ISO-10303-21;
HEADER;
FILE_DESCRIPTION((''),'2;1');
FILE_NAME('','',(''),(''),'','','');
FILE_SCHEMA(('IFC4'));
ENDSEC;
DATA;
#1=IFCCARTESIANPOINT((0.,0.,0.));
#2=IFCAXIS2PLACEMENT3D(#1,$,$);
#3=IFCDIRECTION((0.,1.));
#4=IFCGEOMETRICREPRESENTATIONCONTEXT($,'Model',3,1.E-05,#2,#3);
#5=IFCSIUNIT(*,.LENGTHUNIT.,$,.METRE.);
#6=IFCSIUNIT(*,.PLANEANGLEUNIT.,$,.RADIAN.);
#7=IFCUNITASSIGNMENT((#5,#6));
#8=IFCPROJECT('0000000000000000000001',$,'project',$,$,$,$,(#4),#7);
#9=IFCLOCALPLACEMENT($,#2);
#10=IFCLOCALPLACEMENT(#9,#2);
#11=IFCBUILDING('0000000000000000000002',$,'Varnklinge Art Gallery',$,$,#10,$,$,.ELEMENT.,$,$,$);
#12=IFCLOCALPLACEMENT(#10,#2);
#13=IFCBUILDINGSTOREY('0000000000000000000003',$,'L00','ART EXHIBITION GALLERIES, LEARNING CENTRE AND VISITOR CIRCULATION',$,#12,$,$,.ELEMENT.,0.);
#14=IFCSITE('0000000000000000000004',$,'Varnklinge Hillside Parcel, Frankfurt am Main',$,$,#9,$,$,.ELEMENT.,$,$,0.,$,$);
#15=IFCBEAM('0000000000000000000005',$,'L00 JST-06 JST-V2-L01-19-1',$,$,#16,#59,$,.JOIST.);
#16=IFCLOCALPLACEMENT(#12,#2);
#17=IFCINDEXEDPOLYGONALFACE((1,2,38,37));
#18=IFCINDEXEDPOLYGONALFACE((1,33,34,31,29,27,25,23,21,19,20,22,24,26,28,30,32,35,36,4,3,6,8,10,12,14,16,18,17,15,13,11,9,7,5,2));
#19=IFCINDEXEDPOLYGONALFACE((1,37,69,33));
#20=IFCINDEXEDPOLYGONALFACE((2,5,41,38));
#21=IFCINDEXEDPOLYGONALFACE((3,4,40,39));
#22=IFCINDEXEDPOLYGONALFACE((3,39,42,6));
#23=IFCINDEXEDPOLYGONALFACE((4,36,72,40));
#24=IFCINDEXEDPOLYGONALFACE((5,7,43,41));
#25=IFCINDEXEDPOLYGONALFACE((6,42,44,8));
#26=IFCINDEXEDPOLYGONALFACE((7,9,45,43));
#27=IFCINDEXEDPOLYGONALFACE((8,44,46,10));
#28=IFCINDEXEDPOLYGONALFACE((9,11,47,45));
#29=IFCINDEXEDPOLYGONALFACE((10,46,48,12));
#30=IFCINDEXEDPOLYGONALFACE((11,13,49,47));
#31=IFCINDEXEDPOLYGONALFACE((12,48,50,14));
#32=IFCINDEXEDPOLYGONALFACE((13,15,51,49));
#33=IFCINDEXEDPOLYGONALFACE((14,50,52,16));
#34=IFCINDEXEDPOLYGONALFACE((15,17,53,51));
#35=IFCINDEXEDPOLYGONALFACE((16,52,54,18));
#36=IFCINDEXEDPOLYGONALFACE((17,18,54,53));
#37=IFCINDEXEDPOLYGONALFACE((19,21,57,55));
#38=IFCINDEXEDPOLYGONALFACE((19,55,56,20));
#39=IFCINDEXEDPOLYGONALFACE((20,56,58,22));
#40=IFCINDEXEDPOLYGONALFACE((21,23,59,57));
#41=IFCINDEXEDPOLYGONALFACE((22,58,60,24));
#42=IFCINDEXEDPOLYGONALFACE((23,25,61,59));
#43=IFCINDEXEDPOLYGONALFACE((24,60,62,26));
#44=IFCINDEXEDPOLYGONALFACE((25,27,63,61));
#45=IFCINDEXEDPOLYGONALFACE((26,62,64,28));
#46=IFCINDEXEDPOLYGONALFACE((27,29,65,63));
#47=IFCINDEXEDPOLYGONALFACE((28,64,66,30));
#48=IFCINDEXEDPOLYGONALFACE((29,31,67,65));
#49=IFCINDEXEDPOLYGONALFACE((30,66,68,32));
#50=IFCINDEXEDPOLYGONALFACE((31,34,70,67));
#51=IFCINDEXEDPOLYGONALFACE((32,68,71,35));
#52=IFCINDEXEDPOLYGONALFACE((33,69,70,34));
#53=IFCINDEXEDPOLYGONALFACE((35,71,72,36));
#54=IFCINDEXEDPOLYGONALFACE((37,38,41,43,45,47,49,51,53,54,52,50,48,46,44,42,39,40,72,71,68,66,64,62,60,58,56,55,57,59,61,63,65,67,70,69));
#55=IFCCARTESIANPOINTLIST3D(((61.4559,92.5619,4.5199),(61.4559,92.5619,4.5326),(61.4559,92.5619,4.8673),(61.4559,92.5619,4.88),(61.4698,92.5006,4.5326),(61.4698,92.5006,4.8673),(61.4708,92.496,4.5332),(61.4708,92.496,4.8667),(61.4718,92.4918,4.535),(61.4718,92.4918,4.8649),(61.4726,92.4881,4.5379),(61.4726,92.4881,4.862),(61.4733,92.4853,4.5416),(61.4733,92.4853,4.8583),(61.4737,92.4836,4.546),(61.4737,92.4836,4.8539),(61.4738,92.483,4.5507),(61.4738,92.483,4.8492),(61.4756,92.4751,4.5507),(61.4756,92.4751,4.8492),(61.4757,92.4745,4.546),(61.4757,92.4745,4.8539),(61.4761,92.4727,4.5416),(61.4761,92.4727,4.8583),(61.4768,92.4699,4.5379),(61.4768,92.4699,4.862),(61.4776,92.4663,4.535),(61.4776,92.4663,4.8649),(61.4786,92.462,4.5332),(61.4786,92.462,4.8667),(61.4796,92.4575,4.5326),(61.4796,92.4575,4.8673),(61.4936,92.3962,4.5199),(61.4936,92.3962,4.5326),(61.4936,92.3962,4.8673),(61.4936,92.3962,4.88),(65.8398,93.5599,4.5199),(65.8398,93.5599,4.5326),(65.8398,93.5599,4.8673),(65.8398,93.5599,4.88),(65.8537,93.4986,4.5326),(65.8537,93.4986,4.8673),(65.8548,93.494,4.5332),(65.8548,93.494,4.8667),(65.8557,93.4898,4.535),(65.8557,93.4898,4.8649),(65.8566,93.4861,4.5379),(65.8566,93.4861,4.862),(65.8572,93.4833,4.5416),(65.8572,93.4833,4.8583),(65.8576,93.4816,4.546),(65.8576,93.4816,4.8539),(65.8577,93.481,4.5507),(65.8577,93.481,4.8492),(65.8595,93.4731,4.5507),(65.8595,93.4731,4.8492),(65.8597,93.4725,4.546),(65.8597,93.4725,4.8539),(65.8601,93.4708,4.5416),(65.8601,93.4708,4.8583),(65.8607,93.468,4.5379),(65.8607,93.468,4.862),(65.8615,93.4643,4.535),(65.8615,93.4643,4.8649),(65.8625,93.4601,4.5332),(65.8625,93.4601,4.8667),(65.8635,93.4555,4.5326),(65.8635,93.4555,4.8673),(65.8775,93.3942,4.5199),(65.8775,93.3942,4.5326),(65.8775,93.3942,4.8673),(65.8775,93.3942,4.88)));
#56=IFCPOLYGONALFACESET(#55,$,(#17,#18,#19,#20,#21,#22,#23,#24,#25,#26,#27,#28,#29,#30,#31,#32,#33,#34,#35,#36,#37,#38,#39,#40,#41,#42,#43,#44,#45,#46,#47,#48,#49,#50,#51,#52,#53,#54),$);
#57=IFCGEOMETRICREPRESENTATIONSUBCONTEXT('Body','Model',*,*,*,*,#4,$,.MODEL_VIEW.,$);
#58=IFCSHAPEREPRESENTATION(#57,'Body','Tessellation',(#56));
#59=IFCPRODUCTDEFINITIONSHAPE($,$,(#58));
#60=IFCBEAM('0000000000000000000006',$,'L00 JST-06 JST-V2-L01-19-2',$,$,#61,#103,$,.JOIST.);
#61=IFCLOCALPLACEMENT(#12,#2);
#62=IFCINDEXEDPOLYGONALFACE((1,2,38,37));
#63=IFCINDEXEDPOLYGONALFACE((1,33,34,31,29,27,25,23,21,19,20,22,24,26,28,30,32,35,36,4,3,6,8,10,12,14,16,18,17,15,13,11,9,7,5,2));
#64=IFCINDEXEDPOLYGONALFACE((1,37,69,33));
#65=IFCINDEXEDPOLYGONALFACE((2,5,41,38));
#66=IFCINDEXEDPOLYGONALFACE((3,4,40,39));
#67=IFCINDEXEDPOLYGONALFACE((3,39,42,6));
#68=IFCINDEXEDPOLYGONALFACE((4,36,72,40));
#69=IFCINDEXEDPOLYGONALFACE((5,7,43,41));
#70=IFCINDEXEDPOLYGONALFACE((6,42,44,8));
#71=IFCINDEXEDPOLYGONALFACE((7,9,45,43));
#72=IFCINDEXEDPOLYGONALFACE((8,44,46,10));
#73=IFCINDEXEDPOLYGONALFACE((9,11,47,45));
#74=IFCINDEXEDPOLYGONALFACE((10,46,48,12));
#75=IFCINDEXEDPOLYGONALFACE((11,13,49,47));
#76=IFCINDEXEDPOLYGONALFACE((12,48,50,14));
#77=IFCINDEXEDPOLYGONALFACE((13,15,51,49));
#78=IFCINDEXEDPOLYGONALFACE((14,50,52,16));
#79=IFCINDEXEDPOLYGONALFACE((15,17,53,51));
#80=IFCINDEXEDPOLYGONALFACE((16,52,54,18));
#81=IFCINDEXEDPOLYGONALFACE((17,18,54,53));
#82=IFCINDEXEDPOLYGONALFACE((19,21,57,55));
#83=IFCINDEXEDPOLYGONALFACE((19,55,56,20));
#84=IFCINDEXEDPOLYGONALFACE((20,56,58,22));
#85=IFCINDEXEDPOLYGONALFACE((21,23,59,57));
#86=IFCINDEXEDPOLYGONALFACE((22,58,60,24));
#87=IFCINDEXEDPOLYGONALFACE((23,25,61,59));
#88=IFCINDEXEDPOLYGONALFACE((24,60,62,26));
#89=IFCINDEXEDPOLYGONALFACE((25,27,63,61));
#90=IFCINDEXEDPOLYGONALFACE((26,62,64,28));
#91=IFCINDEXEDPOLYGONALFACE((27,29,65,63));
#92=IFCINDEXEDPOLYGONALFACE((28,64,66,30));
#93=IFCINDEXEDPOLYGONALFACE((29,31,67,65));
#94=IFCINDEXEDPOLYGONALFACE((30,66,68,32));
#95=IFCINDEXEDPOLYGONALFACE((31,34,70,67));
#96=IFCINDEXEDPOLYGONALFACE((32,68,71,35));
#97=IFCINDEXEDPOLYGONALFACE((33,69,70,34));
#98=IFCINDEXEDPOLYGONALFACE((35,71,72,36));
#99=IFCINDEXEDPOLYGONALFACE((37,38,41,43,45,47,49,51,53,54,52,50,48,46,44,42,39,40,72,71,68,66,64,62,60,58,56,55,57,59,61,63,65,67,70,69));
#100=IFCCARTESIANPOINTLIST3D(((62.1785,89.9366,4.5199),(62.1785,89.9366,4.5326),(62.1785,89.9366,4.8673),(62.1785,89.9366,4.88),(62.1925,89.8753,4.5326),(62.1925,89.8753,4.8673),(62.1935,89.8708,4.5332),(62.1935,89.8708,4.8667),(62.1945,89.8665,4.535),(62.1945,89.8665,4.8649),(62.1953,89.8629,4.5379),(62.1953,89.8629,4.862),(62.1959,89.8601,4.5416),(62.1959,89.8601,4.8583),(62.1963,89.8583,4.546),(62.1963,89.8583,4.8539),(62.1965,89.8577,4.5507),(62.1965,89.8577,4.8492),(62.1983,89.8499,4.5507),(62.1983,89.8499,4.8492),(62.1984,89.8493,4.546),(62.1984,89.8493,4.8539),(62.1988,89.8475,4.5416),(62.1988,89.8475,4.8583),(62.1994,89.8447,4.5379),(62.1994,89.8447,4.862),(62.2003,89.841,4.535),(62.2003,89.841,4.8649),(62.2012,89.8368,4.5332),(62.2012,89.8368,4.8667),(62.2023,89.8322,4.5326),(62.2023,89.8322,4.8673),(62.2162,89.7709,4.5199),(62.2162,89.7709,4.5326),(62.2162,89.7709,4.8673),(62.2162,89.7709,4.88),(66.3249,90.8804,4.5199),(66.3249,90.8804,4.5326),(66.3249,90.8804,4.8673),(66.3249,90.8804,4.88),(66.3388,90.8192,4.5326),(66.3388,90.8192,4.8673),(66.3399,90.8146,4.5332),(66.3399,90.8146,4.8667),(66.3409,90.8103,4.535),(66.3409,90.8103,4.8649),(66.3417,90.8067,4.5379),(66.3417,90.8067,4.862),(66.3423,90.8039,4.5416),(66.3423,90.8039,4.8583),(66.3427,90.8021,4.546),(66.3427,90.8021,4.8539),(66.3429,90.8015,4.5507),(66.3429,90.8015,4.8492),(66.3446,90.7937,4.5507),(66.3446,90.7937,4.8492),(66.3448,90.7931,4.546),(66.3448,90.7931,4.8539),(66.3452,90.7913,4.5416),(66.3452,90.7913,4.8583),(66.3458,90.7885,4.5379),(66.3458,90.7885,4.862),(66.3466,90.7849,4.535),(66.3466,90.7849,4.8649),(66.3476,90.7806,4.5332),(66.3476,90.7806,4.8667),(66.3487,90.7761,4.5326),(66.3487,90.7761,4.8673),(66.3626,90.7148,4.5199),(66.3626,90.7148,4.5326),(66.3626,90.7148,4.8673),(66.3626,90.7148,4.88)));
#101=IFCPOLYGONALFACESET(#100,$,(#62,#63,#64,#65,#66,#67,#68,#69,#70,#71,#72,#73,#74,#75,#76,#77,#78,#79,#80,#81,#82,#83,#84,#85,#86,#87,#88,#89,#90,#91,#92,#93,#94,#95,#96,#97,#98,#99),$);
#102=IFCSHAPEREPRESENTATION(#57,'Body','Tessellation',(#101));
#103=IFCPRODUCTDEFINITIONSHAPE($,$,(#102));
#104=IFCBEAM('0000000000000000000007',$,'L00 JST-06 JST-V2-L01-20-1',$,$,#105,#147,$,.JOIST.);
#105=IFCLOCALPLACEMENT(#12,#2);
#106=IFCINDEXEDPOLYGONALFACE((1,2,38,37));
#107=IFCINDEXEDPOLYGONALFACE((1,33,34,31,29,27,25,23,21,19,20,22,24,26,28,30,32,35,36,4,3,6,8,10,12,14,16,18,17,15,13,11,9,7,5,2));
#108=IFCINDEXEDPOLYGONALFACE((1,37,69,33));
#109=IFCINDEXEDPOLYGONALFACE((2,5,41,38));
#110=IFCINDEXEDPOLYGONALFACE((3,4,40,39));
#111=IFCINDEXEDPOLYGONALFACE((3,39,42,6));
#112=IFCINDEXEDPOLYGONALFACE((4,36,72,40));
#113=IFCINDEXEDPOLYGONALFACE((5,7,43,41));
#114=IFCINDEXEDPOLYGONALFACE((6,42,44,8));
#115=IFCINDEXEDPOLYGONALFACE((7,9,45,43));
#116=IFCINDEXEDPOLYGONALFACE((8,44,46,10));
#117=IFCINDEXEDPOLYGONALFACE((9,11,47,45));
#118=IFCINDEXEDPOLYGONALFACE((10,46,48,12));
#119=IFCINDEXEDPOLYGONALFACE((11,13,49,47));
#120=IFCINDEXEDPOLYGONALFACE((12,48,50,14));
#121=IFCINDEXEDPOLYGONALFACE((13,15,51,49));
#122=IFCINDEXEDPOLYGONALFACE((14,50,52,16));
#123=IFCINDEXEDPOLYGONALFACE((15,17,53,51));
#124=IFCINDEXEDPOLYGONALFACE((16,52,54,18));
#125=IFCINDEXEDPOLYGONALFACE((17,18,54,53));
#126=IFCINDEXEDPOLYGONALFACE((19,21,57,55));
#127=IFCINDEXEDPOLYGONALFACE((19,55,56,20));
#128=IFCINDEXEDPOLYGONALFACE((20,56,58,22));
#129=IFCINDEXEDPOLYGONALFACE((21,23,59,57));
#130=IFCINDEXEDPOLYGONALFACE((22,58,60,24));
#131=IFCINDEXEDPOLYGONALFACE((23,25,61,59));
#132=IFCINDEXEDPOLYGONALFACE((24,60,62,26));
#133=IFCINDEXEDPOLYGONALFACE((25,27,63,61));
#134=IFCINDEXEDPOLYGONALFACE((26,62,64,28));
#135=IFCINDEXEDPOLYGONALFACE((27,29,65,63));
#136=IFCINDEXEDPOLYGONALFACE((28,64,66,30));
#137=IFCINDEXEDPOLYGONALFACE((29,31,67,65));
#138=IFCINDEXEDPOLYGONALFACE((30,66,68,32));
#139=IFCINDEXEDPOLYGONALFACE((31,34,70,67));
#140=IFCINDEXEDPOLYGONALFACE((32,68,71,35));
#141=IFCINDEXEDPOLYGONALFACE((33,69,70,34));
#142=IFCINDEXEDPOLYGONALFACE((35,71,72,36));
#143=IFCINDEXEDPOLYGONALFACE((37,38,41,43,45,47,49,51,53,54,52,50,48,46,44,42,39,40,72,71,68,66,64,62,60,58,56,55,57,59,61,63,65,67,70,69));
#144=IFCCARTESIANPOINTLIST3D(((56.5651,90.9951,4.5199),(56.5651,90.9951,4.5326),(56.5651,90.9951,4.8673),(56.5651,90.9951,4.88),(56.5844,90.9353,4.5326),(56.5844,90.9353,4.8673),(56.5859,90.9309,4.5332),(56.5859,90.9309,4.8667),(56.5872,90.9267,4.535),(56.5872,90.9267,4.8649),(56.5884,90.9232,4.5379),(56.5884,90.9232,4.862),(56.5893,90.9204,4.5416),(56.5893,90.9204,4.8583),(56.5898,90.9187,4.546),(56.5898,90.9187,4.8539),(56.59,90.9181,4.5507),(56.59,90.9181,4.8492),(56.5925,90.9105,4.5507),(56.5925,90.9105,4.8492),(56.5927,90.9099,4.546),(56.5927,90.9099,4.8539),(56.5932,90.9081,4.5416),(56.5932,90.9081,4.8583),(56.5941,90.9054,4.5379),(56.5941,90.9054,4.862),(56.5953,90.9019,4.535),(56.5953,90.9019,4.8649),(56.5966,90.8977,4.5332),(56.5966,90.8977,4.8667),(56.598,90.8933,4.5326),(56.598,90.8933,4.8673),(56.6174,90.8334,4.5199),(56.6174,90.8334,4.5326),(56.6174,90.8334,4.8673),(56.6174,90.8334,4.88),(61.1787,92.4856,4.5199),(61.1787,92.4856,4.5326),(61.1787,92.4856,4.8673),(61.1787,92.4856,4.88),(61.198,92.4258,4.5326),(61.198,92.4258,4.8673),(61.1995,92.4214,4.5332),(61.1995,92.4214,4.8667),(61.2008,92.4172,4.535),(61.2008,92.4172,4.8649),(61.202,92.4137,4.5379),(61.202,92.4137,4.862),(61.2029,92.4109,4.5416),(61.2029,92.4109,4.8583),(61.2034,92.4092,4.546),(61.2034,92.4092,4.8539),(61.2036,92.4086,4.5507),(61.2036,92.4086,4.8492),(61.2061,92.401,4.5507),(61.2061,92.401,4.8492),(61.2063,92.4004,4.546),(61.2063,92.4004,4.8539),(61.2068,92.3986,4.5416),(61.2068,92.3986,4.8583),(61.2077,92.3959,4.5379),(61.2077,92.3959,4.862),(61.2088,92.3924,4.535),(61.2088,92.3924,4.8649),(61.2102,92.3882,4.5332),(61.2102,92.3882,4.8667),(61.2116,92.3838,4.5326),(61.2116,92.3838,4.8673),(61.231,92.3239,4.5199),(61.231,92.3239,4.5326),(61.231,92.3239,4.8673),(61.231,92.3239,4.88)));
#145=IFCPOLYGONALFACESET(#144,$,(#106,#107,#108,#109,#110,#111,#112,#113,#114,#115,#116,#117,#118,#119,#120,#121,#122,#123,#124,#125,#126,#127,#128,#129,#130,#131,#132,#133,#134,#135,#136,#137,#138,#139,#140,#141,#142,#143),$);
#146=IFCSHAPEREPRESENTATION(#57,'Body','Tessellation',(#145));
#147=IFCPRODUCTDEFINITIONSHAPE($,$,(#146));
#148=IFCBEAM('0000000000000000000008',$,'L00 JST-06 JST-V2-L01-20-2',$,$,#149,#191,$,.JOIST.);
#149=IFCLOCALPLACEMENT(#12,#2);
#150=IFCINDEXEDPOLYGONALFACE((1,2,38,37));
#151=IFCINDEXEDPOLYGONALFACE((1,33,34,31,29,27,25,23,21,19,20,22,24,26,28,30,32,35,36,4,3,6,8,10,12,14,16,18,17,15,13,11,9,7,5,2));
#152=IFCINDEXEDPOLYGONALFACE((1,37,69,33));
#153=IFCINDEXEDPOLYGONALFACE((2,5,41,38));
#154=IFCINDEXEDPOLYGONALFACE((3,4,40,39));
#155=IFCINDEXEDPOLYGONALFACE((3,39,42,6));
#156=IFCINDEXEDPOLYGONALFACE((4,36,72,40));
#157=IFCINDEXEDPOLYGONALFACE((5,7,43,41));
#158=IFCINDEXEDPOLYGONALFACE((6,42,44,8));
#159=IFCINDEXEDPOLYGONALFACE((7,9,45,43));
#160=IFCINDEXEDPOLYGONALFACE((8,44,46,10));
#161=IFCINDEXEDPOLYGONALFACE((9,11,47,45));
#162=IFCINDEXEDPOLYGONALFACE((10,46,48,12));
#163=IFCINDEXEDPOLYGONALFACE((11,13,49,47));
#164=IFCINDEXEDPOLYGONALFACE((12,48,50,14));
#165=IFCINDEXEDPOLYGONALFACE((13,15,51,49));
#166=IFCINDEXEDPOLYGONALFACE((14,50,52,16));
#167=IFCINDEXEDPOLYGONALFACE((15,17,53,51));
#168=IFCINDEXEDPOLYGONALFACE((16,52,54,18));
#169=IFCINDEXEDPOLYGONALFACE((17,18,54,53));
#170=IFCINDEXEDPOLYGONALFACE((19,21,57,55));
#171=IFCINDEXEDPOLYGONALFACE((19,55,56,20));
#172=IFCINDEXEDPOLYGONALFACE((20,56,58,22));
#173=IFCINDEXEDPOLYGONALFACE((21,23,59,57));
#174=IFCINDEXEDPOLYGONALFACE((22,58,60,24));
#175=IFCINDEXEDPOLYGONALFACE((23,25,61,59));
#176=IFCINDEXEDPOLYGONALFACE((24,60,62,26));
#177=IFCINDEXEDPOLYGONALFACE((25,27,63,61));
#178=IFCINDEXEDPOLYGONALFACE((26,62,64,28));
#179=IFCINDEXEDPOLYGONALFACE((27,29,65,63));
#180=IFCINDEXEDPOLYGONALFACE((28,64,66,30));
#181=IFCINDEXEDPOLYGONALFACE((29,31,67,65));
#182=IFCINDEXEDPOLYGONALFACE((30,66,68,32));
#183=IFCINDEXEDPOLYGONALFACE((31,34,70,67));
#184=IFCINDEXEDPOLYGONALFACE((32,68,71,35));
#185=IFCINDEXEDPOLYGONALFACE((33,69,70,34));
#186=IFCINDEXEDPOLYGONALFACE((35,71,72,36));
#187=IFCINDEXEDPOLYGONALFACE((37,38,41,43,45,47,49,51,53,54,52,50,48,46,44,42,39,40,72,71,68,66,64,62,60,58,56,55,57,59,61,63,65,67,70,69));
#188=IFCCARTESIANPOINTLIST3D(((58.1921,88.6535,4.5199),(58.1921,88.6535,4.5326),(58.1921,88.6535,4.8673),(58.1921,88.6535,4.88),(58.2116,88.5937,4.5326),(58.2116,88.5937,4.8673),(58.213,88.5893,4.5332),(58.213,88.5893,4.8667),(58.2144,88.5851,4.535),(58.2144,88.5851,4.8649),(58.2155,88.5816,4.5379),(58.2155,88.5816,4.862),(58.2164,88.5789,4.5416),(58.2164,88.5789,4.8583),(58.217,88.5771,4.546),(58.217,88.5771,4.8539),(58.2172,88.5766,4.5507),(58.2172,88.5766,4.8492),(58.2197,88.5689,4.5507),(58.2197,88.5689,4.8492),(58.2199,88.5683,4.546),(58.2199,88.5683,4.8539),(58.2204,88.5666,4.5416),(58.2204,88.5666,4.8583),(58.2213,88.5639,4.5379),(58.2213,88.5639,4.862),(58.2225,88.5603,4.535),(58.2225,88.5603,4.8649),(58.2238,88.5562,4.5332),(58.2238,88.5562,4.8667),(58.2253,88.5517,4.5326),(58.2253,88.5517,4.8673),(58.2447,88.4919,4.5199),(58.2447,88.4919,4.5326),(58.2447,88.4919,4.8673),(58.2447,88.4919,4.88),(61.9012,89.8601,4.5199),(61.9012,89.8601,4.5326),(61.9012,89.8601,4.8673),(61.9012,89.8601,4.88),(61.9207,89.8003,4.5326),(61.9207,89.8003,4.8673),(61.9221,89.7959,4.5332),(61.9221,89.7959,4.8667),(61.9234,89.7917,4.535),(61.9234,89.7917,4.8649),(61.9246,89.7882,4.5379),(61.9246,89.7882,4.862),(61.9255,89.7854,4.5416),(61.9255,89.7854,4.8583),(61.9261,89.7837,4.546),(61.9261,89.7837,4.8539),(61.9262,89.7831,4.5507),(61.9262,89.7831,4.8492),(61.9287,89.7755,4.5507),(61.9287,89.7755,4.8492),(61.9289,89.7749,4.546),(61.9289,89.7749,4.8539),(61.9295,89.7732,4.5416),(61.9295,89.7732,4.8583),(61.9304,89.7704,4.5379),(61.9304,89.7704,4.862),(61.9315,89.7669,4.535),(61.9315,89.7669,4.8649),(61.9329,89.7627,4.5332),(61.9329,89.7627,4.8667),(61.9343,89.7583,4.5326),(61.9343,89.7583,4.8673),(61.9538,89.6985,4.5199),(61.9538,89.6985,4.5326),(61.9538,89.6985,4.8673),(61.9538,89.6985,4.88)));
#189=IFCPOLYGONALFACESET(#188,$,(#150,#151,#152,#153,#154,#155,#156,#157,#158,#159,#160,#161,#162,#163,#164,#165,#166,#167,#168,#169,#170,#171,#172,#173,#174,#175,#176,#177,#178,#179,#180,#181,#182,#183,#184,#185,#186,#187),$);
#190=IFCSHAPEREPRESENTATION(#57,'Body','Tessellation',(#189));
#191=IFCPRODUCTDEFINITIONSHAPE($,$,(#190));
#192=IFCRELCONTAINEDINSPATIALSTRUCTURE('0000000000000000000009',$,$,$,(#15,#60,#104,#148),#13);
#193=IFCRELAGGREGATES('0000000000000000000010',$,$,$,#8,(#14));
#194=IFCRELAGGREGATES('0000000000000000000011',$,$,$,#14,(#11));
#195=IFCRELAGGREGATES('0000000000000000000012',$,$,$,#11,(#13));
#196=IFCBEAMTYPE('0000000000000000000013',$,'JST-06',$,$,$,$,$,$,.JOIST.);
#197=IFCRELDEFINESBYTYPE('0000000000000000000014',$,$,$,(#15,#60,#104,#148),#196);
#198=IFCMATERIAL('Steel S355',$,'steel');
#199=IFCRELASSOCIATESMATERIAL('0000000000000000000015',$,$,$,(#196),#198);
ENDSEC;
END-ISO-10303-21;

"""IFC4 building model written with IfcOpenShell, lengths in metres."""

from ifc_helpers import new_model, si_unit, direction, frame, origin, origin_2d, place, context, subcontext, project, spatial, i_section, extrude, material, material_profile, profile_set, type_object, element, save


model = new_model("IFC4")

# Units and contexts
model_context = context("Model", 3, precision=1e-05, world=origin(), true_north=direction((0.0, 1.0)))
body_context = subcontext(model_context, "Body", "Model", "MODEL_VIEW")
ifc_project = project(units=[si_unit("LENGTHUNIT", "METRE"), si_unit("PLANEANGLEUNIT", "RADIAN")], contexts=[model_context])

# Site, building, storey
site_placement = place(None, origin())
site = spatial("IfcSite", under=ifc_project, at=site_placement, Name="Varnklinge Hillside Parcel, Frankfurt am Main", CompositionType="ELEMENT", RefElevation=0.0)
building_placement = place(site_placement, origin())
building = spatial("IfcBuilding", under=site, at=building_placement, Name="Varnklinge Art Gallery", CompositionType="ELEMENT")
storey_placement = place(building_placement, origin())
storey = spatial("IfcBuildingStorey", under=building, at=storey_placement, Name="L00", Description="ART EXHIBITION GALLERIES, LEARNING CENTRE AND VISITOR CIRCULATION", CompositionType="ELEMENT", Elevation=0.0)

# Beams
ifc_material_1 = material(Name="Steel S355", Category="steel")
ifc_material_profile_1 = material_profile(ifc_material_1, i_section(OverallWidth=0.1699, OverallDepth=0.3601, WebThickness=0.0081, FlangeThickness=0.0127, FilletRadius=0.0181, at=origin_2d()), Name="IPE 360")
ifc_profile_set_1 = profile_set([ifc_material_profile_1], Name="Steel S355")
beam_type_1 = type_object("IfcBeamType", Name="JST-06", PredefinedType="JOIST", material=ifc_profile_set_1)
beam_1_placement = place(storey_placement, frame((65.8586, 93.4771, 4.7), z_axis=(-0.975052, -0.221975, 0.0), x_axis=(0.221975, -0.975052, 0.0)))
element("IfcBeam", 1, at=beam_1_placement, inside=storey, type_object=beam_type_1, Name="L00 JST-06 JST-V2-L01-19-1", PredefinedType="JOIST", context=body_context, shape_type="SweptSolid", body=[
    extrude(i_section(OverallWidth=0.1699, OverallDepth=0.3601, WebThickness=0.0081, FlangeThickness=0.0127, FilletRadius=0.0181, at=origin_2d()), origin(), (0.0, 0.0, 1.0), 4.4961),
])
beam_2_placement = place(storey_placement, frame((66.3438, 90.7976, 4.7), z_axis=(-0.975058, -0.221949, 0.0), x_axis=(0.221949, -0.975058, 0.0)))
element("IfcBeam", 2, at=beam_2_placement, inside=storey, type_object=beam_type_1, Name="L00 JST-06 JST-V2-L01-19-2", PredefinedType="JOIST", context=body_context, shape_type="SweptSolid", body=[
    extrude(i_section(OverallWidth=0.1699, OverallDepth=0.3601, WebThickness=0.0081, FlangeThickness=0.0127, FilletRadius=0.0181, at=origin_2d()), origin(), (0.0, 0.0, 1.0), 4.2524),
])
beam_3_placement = place(storey_placement, frame((61.2048, 92.4048, 4.7), z_axis=(-0.951573, -0.307422, 0.0), x_axis=(0.307422, -0.951573, 0.0)))
element("IfcBeam", 3, at=beam_3_placement, inside=storey, type_object=beam_type_1, Name="L00 JST-06 JST-V2-L01-20-1", PredefinedType="JOIST", context=body_context, shape_type="SweptSolid", body=[
    extrude(i_section(OverallWidth=0.1699, OverallDepth=0.3601, WebThickness=0.0081, FlangeThickness=0.0127, FilletRadius=0.0181, at=origin_2d()), origin(), (0.0, 0.0, 1.0), 4.8484),
])
beam_4_placement = place(storey_placement, frame((61.9275, 89.7793, 4.7), z_axis=(-0.950949, -0.309346, 0.0), x_axis=(0.309346, -0.950949, 0.0)))
element("IfcBeam", 4, at=beam_4_placement, inside=storey, type_object=beam_type_1, Name="L00 JST-06 JST-V2-L01-20-2", PredefinedType="JOIST", context=body_context, shape_type="SweptSolid", body=[
    extrude(i_section(OverallWidth=0.1699, OverallDepth=0.3601, WebThickness=0.0081, FlangeThickness=0.0127, FilletRadius=0.0181, at=origin_2d()), origin(), (0.0, 0.0, 1.0), 3.9004),
])

save(model, "model.ifc")
